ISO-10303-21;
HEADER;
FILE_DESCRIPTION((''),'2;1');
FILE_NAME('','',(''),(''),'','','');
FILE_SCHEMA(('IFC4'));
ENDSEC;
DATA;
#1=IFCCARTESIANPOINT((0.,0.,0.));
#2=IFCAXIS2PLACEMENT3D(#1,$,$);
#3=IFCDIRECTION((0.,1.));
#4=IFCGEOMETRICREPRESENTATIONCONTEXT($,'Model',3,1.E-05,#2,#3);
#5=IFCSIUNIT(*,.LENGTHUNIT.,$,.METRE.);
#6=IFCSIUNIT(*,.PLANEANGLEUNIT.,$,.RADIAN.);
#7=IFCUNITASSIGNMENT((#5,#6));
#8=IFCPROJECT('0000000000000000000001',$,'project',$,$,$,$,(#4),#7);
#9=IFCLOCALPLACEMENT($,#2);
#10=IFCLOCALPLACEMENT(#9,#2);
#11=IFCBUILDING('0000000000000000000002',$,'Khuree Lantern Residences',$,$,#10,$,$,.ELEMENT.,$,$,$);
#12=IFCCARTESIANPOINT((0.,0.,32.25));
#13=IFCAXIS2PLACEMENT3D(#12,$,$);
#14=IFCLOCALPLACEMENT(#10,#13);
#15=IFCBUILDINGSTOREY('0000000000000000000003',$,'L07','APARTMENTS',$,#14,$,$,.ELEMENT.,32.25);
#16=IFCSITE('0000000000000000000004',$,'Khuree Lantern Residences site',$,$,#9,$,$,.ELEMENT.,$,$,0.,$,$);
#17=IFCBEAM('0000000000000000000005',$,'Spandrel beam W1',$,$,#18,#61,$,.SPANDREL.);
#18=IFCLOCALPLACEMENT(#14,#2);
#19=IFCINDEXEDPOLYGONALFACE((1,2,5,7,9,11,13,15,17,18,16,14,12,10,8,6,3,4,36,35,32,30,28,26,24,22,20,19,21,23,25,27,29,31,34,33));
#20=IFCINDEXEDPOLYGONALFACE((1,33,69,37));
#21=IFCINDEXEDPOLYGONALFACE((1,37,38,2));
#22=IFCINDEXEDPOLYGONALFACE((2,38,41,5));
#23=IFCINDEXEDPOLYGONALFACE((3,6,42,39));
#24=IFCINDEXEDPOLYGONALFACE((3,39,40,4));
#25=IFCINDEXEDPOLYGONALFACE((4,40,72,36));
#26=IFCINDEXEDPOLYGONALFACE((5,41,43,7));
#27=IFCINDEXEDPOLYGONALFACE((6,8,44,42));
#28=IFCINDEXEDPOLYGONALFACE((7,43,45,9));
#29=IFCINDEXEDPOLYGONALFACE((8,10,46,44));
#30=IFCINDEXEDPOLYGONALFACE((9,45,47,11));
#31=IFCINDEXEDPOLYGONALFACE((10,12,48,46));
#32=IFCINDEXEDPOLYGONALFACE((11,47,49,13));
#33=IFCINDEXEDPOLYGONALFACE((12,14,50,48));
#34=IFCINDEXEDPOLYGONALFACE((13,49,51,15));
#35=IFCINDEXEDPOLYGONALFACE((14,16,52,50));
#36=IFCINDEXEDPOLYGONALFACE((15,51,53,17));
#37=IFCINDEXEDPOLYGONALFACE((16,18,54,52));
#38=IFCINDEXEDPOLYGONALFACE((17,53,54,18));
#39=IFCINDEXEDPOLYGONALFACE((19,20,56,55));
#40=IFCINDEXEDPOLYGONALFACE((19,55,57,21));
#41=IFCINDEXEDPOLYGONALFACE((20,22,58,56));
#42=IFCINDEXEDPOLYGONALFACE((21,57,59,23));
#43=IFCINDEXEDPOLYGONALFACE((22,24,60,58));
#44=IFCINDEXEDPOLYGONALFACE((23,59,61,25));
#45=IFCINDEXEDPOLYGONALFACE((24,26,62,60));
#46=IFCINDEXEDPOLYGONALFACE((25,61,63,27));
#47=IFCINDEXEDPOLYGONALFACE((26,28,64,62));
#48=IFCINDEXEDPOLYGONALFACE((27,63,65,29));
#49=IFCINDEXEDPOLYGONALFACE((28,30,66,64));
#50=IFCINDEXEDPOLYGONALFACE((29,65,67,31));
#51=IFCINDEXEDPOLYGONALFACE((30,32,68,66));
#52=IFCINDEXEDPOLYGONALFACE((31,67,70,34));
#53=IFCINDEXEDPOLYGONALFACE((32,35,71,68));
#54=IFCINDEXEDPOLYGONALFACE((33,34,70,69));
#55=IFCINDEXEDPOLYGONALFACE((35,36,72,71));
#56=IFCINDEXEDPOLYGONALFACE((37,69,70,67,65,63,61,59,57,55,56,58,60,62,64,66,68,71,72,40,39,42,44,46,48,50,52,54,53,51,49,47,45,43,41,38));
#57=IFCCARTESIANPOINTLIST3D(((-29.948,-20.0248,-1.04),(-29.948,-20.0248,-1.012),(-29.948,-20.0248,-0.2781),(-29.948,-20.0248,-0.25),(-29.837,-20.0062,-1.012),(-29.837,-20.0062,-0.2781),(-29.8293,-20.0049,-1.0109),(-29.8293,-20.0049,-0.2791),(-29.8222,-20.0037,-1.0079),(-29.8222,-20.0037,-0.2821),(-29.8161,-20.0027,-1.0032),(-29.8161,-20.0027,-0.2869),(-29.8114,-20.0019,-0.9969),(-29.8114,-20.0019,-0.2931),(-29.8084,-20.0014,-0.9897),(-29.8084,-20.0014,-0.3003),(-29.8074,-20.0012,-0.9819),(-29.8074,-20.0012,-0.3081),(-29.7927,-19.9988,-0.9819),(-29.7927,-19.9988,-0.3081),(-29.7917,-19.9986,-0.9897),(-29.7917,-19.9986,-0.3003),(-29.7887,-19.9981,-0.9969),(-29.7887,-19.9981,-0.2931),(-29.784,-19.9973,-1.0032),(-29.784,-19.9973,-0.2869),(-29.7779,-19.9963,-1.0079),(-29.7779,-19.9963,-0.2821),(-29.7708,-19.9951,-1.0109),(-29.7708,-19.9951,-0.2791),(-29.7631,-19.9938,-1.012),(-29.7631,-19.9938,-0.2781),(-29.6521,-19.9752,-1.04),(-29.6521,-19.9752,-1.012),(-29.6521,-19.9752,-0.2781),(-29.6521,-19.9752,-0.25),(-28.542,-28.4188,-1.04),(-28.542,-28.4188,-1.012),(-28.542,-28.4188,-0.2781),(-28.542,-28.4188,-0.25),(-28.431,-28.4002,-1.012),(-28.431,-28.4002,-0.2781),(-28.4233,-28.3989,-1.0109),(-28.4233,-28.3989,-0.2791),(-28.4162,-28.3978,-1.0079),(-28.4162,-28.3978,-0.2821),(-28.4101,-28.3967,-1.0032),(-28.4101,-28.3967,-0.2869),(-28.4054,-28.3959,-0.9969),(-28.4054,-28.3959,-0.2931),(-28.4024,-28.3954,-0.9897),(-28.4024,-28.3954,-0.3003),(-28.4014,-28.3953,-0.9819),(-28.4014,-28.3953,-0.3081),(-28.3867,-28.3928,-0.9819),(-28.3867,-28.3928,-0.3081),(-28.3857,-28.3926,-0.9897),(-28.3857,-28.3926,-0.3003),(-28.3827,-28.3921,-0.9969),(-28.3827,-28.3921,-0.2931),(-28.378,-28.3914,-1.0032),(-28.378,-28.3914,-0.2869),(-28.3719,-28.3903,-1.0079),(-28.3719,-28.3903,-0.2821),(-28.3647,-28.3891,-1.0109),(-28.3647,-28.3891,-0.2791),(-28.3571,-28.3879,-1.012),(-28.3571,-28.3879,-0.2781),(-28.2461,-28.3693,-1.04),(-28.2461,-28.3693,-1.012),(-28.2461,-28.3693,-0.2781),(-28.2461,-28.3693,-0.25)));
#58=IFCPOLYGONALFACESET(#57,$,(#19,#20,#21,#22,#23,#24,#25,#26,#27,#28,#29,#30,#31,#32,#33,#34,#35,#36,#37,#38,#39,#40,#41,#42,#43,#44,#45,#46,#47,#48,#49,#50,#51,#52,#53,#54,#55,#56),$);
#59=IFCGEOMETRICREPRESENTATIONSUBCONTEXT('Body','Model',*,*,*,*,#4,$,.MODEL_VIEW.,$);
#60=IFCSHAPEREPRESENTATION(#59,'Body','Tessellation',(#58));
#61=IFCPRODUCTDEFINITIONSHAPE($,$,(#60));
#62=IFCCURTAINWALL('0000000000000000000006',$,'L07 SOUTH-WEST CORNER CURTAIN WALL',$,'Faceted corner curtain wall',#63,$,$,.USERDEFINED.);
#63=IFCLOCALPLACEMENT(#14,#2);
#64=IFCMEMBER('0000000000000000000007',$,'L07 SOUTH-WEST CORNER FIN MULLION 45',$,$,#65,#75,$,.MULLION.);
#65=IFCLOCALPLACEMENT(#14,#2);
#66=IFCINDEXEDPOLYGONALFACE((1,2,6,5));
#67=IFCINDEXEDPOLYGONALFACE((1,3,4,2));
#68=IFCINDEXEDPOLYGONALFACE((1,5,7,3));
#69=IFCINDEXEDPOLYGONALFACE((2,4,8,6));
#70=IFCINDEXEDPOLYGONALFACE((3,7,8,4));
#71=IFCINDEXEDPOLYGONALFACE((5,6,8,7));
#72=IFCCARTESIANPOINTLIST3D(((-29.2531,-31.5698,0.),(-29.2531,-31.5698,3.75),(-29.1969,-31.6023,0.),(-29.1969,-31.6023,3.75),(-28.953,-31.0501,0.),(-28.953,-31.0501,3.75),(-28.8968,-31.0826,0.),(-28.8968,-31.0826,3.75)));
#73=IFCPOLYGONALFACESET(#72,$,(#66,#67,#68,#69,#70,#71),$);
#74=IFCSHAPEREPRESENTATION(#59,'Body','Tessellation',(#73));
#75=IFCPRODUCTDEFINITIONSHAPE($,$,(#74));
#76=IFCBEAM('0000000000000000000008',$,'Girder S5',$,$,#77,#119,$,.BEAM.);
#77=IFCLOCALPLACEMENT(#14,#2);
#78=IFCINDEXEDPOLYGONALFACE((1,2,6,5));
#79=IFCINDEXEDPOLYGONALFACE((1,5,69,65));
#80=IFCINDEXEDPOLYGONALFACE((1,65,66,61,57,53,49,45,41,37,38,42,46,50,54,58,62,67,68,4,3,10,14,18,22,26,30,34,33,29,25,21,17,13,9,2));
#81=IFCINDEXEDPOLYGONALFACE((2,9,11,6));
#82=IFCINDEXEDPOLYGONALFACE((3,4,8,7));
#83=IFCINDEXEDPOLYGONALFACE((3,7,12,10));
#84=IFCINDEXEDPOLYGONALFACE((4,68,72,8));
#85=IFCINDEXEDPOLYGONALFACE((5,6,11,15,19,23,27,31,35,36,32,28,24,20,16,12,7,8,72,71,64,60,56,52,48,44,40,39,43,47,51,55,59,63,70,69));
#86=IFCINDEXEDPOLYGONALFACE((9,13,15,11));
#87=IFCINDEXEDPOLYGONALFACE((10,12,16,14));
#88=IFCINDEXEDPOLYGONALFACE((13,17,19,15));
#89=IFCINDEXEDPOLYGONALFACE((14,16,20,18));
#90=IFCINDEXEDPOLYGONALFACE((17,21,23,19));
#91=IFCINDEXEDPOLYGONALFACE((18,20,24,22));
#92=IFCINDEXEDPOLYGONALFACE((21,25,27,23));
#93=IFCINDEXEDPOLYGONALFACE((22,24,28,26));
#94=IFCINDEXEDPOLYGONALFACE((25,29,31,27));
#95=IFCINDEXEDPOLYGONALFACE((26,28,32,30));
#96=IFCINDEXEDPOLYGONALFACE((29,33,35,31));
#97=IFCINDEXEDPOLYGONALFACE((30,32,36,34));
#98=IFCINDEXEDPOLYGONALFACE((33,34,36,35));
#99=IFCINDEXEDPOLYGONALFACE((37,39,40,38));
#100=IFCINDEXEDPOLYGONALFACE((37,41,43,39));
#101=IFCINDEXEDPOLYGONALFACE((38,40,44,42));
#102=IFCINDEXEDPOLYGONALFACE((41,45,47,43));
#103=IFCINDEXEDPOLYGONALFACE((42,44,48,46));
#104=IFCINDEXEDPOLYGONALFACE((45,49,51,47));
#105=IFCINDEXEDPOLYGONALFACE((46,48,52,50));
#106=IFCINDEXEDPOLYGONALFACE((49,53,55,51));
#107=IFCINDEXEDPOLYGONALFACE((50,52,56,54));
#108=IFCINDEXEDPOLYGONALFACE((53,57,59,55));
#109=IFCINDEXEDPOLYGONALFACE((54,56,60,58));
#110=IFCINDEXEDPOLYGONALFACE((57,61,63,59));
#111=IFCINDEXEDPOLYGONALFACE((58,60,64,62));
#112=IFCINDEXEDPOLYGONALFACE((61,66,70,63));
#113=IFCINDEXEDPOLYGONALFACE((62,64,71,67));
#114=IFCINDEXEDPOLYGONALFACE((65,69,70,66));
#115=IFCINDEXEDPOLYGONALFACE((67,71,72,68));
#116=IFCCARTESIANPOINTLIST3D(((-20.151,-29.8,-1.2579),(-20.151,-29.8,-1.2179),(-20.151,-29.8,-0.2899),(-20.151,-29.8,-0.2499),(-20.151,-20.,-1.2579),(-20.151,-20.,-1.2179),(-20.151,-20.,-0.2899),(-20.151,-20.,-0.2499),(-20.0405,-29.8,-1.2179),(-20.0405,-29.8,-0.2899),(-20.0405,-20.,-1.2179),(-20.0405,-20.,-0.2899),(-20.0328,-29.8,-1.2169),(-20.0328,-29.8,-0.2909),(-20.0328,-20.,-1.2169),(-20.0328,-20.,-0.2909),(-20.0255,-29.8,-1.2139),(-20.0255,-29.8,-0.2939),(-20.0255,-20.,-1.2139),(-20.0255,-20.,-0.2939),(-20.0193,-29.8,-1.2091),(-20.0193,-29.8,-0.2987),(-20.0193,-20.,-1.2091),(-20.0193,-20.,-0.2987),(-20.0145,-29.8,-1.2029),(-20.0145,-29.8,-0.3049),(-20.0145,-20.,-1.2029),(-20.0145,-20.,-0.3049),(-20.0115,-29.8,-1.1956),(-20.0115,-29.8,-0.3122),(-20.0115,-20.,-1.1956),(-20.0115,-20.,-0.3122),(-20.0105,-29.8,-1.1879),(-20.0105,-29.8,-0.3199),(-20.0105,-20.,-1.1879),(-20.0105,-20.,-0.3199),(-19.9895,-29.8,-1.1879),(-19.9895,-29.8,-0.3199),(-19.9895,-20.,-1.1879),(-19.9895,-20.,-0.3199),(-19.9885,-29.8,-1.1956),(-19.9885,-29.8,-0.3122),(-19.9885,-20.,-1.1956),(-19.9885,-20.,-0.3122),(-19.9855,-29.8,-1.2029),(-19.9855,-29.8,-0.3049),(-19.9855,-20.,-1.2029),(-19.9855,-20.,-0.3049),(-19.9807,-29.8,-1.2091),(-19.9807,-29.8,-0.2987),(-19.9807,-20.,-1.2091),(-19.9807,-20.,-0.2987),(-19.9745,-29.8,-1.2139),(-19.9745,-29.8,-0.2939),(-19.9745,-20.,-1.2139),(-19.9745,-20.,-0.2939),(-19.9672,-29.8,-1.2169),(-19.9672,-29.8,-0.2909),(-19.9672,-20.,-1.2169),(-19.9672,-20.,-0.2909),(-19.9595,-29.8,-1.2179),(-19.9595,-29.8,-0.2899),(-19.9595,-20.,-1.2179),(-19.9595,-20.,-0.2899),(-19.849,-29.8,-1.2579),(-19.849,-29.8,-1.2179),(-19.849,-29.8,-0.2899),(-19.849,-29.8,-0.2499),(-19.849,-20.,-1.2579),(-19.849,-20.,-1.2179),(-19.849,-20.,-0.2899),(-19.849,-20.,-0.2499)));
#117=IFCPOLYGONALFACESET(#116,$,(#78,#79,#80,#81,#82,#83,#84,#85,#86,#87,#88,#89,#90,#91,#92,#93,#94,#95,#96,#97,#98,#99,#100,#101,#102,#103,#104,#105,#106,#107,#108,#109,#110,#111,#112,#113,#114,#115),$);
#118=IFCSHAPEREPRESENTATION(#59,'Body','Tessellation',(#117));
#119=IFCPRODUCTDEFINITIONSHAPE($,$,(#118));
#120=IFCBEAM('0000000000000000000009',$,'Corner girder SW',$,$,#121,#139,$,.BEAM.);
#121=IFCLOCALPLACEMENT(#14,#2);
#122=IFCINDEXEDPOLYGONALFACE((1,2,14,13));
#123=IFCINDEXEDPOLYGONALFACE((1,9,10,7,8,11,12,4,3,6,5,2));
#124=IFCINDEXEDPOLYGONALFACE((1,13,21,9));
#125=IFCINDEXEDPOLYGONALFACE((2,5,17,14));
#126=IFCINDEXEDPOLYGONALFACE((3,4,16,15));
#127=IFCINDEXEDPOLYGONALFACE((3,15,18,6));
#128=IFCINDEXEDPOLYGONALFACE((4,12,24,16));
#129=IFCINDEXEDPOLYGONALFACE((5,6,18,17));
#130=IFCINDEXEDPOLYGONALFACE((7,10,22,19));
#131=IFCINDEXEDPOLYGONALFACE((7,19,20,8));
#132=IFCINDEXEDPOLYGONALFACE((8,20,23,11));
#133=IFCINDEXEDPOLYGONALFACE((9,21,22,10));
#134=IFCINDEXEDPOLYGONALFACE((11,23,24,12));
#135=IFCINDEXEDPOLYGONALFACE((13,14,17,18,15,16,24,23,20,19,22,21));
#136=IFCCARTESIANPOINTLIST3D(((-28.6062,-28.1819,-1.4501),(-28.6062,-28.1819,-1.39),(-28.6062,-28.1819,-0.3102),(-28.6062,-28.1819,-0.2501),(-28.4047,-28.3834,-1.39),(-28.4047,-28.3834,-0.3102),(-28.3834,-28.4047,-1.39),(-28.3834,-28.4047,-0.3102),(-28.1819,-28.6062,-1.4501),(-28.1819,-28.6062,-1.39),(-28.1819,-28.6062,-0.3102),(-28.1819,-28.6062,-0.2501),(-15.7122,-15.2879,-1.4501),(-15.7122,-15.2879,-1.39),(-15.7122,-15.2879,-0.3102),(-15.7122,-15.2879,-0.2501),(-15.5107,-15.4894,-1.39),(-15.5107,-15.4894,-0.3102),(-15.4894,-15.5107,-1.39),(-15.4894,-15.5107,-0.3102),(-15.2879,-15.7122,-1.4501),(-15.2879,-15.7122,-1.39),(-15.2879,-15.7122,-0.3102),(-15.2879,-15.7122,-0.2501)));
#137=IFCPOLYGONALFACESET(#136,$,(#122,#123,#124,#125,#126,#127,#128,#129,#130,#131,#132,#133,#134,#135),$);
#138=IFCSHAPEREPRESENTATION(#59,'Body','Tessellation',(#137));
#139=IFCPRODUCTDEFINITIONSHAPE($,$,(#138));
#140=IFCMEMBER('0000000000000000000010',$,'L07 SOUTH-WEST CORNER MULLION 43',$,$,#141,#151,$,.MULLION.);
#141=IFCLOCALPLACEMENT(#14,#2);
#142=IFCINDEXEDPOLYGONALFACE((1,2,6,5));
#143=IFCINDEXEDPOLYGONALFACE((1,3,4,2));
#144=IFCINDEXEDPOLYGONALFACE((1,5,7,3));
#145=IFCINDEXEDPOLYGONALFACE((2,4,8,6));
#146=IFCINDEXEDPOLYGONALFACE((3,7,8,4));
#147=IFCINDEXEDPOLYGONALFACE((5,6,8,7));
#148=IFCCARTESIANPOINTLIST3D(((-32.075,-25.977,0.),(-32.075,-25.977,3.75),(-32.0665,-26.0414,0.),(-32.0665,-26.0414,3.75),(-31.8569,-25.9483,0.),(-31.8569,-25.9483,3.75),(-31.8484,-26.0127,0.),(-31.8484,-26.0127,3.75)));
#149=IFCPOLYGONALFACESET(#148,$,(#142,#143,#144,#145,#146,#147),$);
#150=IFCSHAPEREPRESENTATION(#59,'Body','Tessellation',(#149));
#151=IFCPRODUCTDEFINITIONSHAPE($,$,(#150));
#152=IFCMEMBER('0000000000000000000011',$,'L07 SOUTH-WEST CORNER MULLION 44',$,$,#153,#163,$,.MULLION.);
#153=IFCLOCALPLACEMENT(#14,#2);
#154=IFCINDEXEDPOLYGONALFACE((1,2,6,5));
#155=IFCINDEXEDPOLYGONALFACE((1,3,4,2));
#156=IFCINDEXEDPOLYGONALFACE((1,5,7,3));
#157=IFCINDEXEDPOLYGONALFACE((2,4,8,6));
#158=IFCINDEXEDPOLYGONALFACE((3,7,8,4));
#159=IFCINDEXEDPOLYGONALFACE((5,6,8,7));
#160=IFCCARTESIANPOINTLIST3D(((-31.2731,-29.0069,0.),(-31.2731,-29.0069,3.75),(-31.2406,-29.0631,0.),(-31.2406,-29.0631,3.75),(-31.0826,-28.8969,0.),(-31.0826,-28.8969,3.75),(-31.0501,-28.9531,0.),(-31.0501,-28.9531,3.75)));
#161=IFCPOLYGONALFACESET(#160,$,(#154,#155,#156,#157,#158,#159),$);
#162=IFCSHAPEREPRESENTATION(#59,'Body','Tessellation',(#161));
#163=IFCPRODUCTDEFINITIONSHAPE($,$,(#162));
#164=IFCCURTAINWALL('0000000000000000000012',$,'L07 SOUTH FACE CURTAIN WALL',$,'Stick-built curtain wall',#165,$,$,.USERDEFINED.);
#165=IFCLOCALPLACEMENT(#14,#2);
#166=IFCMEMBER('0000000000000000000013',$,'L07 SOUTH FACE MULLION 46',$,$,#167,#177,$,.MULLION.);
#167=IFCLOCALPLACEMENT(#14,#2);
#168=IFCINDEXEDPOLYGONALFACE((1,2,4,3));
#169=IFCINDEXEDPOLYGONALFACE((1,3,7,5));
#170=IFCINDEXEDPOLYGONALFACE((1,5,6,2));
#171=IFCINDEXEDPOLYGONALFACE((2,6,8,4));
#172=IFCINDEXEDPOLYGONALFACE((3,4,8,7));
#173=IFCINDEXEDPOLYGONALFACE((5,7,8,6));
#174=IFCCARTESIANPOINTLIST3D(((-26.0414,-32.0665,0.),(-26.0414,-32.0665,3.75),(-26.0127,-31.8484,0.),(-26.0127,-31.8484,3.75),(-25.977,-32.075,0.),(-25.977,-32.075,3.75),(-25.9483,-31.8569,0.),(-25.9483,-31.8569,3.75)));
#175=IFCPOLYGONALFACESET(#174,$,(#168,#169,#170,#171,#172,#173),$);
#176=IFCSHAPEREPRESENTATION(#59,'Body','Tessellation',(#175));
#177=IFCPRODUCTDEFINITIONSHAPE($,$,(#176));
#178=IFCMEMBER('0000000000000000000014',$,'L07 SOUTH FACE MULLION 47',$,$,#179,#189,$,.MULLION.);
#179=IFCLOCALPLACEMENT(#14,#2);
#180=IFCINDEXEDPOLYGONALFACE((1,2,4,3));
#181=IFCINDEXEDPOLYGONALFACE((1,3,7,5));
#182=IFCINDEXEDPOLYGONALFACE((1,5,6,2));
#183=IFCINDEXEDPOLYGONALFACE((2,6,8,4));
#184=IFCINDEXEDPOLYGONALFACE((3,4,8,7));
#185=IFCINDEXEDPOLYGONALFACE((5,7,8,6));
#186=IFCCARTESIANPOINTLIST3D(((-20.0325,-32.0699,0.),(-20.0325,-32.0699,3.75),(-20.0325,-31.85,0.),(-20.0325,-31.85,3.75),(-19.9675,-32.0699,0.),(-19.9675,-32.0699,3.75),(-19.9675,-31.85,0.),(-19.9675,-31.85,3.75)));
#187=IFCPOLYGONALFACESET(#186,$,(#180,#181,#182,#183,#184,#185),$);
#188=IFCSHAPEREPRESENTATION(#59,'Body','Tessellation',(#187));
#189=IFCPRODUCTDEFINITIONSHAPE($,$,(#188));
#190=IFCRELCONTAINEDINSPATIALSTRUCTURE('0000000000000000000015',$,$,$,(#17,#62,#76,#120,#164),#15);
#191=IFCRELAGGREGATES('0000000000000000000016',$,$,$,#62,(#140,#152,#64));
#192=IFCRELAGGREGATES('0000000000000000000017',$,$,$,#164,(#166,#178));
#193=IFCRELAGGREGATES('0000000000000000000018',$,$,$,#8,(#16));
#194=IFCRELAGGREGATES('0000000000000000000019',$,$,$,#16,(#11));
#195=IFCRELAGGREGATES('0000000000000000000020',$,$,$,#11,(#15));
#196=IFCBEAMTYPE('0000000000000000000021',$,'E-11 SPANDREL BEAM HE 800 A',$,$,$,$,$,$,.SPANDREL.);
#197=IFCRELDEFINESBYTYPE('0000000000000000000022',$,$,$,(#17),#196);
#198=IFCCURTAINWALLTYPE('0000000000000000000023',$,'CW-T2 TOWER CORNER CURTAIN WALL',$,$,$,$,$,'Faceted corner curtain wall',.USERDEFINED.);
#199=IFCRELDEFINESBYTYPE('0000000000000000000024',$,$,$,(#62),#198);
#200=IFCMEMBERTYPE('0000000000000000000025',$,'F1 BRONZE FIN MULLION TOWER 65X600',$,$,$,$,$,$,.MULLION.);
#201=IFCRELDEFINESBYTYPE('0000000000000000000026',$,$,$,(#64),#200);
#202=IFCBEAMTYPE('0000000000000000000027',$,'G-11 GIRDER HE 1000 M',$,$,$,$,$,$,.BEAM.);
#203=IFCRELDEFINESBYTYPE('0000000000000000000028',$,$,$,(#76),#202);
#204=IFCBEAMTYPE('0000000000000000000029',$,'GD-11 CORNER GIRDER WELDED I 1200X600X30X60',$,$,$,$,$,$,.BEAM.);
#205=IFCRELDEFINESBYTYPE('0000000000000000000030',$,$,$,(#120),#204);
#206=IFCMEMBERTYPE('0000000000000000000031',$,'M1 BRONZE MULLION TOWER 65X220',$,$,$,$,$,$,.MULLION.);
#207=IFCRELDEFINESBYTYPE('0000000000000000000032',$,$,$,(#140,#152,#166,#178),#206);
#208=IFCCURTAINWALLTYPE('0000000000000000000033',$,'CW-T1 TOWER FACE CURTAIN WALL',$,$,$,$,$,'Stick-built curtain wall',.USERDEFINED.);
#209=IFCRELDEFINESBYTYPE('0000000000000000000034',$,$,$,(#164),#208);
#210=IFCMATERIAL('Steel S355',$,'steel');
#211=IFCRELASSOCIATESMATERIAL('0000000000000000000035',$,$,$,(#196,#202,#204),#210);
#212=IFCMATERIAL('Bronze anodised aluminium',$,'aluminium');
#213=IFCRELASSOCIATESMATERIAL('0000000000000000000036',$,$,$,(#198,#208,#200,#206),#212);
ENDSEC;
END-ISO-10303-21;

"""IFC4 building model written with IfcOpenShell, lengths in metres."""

from ifc_helpers import new_model, si_unit, direction, frame, origin, origin_2d, place, context, subcontext, project, spatial, rectangle, i_section, extrude, material, material_profile, profile_set, type_object, element, aggregate, save


model = new_model("IFC4")

# Units and contexts
model_context = context("Model", 3, precision=1e-05, world=origin(), true_north=direction((0.0, 1.0)))
body_context = subcontext(model_context, "Body", "Model", "MODEL_VIEW")
ifc_project = project(units=[si_unit("LENGTHUNIT", "METRE"), si_unit("PLANEANGLEUNIT", "RADIAN")], contexts=[model_context])

# Site, building, storey
site_placement = place(None, origin())
site = spatial("IfcSite", under=ifc_project, at=site_placement, Name="Khuree Lantern Residences site", CompositionType="ELEMENT", RefElevation=0.0)
building_placement = place(site_placement, origin())
building = spatial("IfcBuilding", under=site, at=building_placement, Name="Khuree Lantern Residences", CompositionType="ELEMENT")
storey_placement = place(building_placement, frame((0.0, 0.0, 32.25)))
storey = spatial("IfcBuildingStorey", under=building, at=storey_placement, Name="L07", Description="APARTMENTS", CompositionType="ELEMENT", Elevation=32.25)

# Beam
ifc_material_1 = material(Name="Steel S355", Category="steel")
ifc_material_profile_1 = material_profile(ifc_material_1, i_section(OverallWidth=0.3, OverallDepth=0.79, WebThickness=0.0149, FlangeThickness=0.0281, FilletRadius=0.03, at=origin_2d()), Name="HE 800 A")
ifc_profile_set_1 = profile_set([ifc_material_profile_1], Name="Steel S355")
beam_type_1 = type_object("IfcBeamType", Name="E-11 SPANDREL BEAM HE 800 A", PredefinedType="SPANDREL", material=ifc_profile_set_1)
for number, where, z_axis, x_axis, name in (
    (1, (-28.394, -28.394, -0.645), (-0.165199, 0.98626, 0.0), (-0.98626, -0.165199, 0.0), "Spandrel beam W1"),
):
    element("IfcBeam", number, at=place(storey_placement, frame(where, z_axis=z_axis, x_axis=x_axis)), inside=storey, type_object=beam_type_1, Name=name, PredefinedType="SPANDREL", context=body_context, shape_type="SweptSolid", body=[
        extrude(i_section(OverallWidth=0.3, OverallDepth=0.79, WebThickness=0.0149, FlangeThickness=0.0281, FilletRadius=0.03, at=origin_2d()), origin(), (0.0, 0.0, 1.0), 8.511),
    ])

# Curtain wall, member
ifc_material_2 = material(Name="Bronze anodised aluminium", Category="aluminium")
curtain_wall_type_1 = type_object("IfcCurtainWallType", Name="CW-T2 TOWER CORNER CURTAIN WALL", ElementType="Faceted corner curtain wall", PredefinedType="USERDEFINED", material=ifc_material_2)
curtain_wall_1_placement = place(storey_placement, origin())
curtain_wall_1 = element("IfcCurtainWall", 2, at=curtain_wall_1_placement, inside=storey, type_object=curtain_wall_type_1, Name="L07 SOUTH-WEST CORNER CURTAIN WALL", ObjectType="Faceted corner curtain wall", PredefinedType="USERDEFINED")
ifc_material_profile_2 = material_profile(ifc_material_2, rectangle(XDim=0.0649, YDim=0.6001, at=origin_2d()), Name="F1 65X600")
ifc_profile_set_2 = profile_set([ifc_material_profile_2], Name="Bronze anodised aluminium")
member_type_1 = type_object("IfcMemberType", Name="F1 BRONZE FIN MULLION TOWER 65X600", PredefinedType="MULLION", material=ifc_profile_set_2)
member_1_placement = place(storey_placement, frame((-29.075, -31.3262, 0.0), z_axis=(0.0, 0.0, 1.0), x_axis=(0.866025, -0.5, 0.0)))
member_1 = element("IfcMember", 3, at=member_1_placement, type_object=member_type_1, Name="L07 SOUTH-WEST CORNER FIN MULLION 45", PredefinedType="MULLION", context=body_context, shape_type="SweptSolid", body=[
    extrude(rectangle(XDim=0.0649, YDim=0.6001, at=origin_2d()), origin(), (0.0, 0.0, 1.0), 3.75),
])

# Beams
ifc_material_profile_3 = material_profile(ifc_material_1, i_section(OverallWidth=0.302, OverallDepth=1.0081, WebThickness=0.021, FlangeThickness=0.04, FilletRadius=0.03, at=origin_2d()), Name="HE 1000 M")
ifc_profile_set_3 = profile_set([ifc_material_profile_3], Name="Steel S355")
beam_type_2 = type_object("IfcBeamType", Name="G-11 GIRDER HE 1000 M", PredefinedType="BEAM", material=ifc_profile_set_3)
beam_1_placement = place(storey_placement, frame((-20.0, -29.8, -0.7539), z_axis=(0.0, 1.0, 0.0), x_axis=(-1.0, 0.0, 0.0)))
element("IfcBeam", 4, at=beam_1_placement, inside=storey, type_object=beam_type_2, Name="Girder S5", PredefinedType="BEAM", context=body_context, shape_type="SweptSolid", body=[
    extrude(i_section(OverallWidth=0.302, OverallDepth=1.0081, WebThickness=0.021, FlangeThickness=0.04, FilletRadius=0.03, at=origin_2d()), origin(), (0.0, 0.0, 1.0), 9.8),
])
ifc_material_profile_4 = material_profile(ifc_material_1, i_section(OverallWidth=0.6001, OverallDepth=1.2, WebThickness=0.03, FlangeThickness=0.0601, at=origin_2d()), Name="WELDED I 1200X600X30X60")
ifc_profile_set_4 = profile_set([ifc_material_profile_4], Name="Steel S355")
beam_type_3 = type_object("IfcBeamType", Name="GD-11 CORNER GIRDER WELDED I 1200X600X30X60", PredefinedType="BEAM", material=ifc_profile_set_4)
beam_2_placement = place(storey_placement, frame((-28.394, -28.394, -0.8501), z_axis=(0.707107, 0.707107, 0.0), x_axis=(-0.707107, 0.707107, 0.0)))
element("IfcBeam", 5, at=beam_2_placement, inside=storey, type_object=beam_type_3, Name="Corner girder SW", PredefinedType="BEAM", context=body_context, shape_type="SweptSolid", body=[
    extrude(i_section(OverallWidth=0.6001, OverallDepth=1.2, WebThickness=0.03, FlangeThickness=0.0601, at=origin_2d()), origin(), (0.0, 0.0, 1.0), 18.2349),
])

# Members
ifc_material_profile_5 = material_profile(ifc_material_2, rectangle(XDim=0.0649, YDim=0.22, at=origin_2d()), Name="M1 65X220")
ifc_profile_set_5 = profile_set([ifc_material_profile_5], Name="Bronze anodised aluminium")
member_type_2 = type_object("IfcMemberType", Name="M1 BRONZE MULLION TOWER 65X220", PredefinedType="MULLION", material=ifc_profile_set_5)
member_2_placement = place(storey_placement, frame((-31.9617, -25.9949, 0.0), z_axis=(0.0, 0.0, 1.0), x_axis=(0.130526, -0.991445, 0.0)))
member_2 = element("IfcMember", 6, at=member_2_placement, type_object=member_type_2, Name="L07 SOUTH-WEST CORNER MULLION 43", PredefinedType="MULLION", context=body_context, shape_type="SweptSolid", body=[
    extrude(rectangle(XDim=0.0649, YDim=0.22, at=origin_2d()), origin(), (0.0, 0.0, 1.0), 3.75),
])
member_3_placement = place(storey_placement, frame((-31.1616, -28.98, 0.0), z_axis=(0.0, 0.0, 1.0), x_axis=(0.5, -0.866025, 0.0)))
member_3 = element("IfcMember", 7, at=member_3_placement, type_object=member_type_2, Name="L07 SOUTH-WEST CORNER MULLION 44", PredefinedType="MULLION", context=body_context, shape_type="SweptSolid", body=[
    extrude(rectangle(XDim=0.0649, YDim=0.22, at=origin_2d()), origin(), (0.0, 0.0, 1.0), 3.75),
])

# Curtain wall, members
curtain_wall_type_2 = type_object("IfcCurtainWallType", Name="CW-T1 TOWER FACE CURTAIN WALL", ElementType="Stick-built curtain wall", PredefinedType="USERDEFINED", material=ifc_material_2)
curtain_wall_2_placement = place(storey_placement, origin())
curtain_wall_2 = element("IfcCurtainWall", 8, at=curtain_wall_2_placement, inside=storey, type_object=curtain_wall_type_2, Name="L07 SOUTH FACE CURTAIN WALL", ObjectType="Stick-built curtain wall", PredefinedType="USERDEFINED")
member_4_placement = place(storey_placement, frame((-25.9949, -31.9617, 0.0), z_axis=(0.0, 0.0, 1.0), x_axis=(0.991445, -0.130526, 0.0)))
member_4 = element("IfcMember", 9, at=member_4_placement, type_object=member_type_2, Name="L07 SOUTH FACE MULLION 46", PredefinedType="MULLION", context=body_context, shape_type="SweptSolid", body=[
    extrude(rectangle(XDim=0.0649, YDim=0.22, at=origin_2d()), origin(), (0.0, 0.0, 1.0), 3.75),
])
member_5_placement = place(storey_placement, frame((-20.0, -31.96, 0.0), z_axis=(0.0, 0.0, 1.0), x_axis=(1.0, 0.0, 0.0)))
member_5 = element("IfcMember", 10, at=member_5_placement, type_object=member_type_2, Name="L07 SOUTH FACE MULLION 47", PredefinedType="MULLION", context=body_context, shape_type="SweptSolid", body=[
    extrude(rectangle(XDim=0.0649, YDim=0.22, at=origin_2d()), origin(), (0.0, 0.0, 1.0), 3.75),
])

aggregate(curtain_wall_1, [member_2, member_3, member_1])
aggregate(curtain_wall_2, [member_4, member_5])

save(model, "model.ifc")
